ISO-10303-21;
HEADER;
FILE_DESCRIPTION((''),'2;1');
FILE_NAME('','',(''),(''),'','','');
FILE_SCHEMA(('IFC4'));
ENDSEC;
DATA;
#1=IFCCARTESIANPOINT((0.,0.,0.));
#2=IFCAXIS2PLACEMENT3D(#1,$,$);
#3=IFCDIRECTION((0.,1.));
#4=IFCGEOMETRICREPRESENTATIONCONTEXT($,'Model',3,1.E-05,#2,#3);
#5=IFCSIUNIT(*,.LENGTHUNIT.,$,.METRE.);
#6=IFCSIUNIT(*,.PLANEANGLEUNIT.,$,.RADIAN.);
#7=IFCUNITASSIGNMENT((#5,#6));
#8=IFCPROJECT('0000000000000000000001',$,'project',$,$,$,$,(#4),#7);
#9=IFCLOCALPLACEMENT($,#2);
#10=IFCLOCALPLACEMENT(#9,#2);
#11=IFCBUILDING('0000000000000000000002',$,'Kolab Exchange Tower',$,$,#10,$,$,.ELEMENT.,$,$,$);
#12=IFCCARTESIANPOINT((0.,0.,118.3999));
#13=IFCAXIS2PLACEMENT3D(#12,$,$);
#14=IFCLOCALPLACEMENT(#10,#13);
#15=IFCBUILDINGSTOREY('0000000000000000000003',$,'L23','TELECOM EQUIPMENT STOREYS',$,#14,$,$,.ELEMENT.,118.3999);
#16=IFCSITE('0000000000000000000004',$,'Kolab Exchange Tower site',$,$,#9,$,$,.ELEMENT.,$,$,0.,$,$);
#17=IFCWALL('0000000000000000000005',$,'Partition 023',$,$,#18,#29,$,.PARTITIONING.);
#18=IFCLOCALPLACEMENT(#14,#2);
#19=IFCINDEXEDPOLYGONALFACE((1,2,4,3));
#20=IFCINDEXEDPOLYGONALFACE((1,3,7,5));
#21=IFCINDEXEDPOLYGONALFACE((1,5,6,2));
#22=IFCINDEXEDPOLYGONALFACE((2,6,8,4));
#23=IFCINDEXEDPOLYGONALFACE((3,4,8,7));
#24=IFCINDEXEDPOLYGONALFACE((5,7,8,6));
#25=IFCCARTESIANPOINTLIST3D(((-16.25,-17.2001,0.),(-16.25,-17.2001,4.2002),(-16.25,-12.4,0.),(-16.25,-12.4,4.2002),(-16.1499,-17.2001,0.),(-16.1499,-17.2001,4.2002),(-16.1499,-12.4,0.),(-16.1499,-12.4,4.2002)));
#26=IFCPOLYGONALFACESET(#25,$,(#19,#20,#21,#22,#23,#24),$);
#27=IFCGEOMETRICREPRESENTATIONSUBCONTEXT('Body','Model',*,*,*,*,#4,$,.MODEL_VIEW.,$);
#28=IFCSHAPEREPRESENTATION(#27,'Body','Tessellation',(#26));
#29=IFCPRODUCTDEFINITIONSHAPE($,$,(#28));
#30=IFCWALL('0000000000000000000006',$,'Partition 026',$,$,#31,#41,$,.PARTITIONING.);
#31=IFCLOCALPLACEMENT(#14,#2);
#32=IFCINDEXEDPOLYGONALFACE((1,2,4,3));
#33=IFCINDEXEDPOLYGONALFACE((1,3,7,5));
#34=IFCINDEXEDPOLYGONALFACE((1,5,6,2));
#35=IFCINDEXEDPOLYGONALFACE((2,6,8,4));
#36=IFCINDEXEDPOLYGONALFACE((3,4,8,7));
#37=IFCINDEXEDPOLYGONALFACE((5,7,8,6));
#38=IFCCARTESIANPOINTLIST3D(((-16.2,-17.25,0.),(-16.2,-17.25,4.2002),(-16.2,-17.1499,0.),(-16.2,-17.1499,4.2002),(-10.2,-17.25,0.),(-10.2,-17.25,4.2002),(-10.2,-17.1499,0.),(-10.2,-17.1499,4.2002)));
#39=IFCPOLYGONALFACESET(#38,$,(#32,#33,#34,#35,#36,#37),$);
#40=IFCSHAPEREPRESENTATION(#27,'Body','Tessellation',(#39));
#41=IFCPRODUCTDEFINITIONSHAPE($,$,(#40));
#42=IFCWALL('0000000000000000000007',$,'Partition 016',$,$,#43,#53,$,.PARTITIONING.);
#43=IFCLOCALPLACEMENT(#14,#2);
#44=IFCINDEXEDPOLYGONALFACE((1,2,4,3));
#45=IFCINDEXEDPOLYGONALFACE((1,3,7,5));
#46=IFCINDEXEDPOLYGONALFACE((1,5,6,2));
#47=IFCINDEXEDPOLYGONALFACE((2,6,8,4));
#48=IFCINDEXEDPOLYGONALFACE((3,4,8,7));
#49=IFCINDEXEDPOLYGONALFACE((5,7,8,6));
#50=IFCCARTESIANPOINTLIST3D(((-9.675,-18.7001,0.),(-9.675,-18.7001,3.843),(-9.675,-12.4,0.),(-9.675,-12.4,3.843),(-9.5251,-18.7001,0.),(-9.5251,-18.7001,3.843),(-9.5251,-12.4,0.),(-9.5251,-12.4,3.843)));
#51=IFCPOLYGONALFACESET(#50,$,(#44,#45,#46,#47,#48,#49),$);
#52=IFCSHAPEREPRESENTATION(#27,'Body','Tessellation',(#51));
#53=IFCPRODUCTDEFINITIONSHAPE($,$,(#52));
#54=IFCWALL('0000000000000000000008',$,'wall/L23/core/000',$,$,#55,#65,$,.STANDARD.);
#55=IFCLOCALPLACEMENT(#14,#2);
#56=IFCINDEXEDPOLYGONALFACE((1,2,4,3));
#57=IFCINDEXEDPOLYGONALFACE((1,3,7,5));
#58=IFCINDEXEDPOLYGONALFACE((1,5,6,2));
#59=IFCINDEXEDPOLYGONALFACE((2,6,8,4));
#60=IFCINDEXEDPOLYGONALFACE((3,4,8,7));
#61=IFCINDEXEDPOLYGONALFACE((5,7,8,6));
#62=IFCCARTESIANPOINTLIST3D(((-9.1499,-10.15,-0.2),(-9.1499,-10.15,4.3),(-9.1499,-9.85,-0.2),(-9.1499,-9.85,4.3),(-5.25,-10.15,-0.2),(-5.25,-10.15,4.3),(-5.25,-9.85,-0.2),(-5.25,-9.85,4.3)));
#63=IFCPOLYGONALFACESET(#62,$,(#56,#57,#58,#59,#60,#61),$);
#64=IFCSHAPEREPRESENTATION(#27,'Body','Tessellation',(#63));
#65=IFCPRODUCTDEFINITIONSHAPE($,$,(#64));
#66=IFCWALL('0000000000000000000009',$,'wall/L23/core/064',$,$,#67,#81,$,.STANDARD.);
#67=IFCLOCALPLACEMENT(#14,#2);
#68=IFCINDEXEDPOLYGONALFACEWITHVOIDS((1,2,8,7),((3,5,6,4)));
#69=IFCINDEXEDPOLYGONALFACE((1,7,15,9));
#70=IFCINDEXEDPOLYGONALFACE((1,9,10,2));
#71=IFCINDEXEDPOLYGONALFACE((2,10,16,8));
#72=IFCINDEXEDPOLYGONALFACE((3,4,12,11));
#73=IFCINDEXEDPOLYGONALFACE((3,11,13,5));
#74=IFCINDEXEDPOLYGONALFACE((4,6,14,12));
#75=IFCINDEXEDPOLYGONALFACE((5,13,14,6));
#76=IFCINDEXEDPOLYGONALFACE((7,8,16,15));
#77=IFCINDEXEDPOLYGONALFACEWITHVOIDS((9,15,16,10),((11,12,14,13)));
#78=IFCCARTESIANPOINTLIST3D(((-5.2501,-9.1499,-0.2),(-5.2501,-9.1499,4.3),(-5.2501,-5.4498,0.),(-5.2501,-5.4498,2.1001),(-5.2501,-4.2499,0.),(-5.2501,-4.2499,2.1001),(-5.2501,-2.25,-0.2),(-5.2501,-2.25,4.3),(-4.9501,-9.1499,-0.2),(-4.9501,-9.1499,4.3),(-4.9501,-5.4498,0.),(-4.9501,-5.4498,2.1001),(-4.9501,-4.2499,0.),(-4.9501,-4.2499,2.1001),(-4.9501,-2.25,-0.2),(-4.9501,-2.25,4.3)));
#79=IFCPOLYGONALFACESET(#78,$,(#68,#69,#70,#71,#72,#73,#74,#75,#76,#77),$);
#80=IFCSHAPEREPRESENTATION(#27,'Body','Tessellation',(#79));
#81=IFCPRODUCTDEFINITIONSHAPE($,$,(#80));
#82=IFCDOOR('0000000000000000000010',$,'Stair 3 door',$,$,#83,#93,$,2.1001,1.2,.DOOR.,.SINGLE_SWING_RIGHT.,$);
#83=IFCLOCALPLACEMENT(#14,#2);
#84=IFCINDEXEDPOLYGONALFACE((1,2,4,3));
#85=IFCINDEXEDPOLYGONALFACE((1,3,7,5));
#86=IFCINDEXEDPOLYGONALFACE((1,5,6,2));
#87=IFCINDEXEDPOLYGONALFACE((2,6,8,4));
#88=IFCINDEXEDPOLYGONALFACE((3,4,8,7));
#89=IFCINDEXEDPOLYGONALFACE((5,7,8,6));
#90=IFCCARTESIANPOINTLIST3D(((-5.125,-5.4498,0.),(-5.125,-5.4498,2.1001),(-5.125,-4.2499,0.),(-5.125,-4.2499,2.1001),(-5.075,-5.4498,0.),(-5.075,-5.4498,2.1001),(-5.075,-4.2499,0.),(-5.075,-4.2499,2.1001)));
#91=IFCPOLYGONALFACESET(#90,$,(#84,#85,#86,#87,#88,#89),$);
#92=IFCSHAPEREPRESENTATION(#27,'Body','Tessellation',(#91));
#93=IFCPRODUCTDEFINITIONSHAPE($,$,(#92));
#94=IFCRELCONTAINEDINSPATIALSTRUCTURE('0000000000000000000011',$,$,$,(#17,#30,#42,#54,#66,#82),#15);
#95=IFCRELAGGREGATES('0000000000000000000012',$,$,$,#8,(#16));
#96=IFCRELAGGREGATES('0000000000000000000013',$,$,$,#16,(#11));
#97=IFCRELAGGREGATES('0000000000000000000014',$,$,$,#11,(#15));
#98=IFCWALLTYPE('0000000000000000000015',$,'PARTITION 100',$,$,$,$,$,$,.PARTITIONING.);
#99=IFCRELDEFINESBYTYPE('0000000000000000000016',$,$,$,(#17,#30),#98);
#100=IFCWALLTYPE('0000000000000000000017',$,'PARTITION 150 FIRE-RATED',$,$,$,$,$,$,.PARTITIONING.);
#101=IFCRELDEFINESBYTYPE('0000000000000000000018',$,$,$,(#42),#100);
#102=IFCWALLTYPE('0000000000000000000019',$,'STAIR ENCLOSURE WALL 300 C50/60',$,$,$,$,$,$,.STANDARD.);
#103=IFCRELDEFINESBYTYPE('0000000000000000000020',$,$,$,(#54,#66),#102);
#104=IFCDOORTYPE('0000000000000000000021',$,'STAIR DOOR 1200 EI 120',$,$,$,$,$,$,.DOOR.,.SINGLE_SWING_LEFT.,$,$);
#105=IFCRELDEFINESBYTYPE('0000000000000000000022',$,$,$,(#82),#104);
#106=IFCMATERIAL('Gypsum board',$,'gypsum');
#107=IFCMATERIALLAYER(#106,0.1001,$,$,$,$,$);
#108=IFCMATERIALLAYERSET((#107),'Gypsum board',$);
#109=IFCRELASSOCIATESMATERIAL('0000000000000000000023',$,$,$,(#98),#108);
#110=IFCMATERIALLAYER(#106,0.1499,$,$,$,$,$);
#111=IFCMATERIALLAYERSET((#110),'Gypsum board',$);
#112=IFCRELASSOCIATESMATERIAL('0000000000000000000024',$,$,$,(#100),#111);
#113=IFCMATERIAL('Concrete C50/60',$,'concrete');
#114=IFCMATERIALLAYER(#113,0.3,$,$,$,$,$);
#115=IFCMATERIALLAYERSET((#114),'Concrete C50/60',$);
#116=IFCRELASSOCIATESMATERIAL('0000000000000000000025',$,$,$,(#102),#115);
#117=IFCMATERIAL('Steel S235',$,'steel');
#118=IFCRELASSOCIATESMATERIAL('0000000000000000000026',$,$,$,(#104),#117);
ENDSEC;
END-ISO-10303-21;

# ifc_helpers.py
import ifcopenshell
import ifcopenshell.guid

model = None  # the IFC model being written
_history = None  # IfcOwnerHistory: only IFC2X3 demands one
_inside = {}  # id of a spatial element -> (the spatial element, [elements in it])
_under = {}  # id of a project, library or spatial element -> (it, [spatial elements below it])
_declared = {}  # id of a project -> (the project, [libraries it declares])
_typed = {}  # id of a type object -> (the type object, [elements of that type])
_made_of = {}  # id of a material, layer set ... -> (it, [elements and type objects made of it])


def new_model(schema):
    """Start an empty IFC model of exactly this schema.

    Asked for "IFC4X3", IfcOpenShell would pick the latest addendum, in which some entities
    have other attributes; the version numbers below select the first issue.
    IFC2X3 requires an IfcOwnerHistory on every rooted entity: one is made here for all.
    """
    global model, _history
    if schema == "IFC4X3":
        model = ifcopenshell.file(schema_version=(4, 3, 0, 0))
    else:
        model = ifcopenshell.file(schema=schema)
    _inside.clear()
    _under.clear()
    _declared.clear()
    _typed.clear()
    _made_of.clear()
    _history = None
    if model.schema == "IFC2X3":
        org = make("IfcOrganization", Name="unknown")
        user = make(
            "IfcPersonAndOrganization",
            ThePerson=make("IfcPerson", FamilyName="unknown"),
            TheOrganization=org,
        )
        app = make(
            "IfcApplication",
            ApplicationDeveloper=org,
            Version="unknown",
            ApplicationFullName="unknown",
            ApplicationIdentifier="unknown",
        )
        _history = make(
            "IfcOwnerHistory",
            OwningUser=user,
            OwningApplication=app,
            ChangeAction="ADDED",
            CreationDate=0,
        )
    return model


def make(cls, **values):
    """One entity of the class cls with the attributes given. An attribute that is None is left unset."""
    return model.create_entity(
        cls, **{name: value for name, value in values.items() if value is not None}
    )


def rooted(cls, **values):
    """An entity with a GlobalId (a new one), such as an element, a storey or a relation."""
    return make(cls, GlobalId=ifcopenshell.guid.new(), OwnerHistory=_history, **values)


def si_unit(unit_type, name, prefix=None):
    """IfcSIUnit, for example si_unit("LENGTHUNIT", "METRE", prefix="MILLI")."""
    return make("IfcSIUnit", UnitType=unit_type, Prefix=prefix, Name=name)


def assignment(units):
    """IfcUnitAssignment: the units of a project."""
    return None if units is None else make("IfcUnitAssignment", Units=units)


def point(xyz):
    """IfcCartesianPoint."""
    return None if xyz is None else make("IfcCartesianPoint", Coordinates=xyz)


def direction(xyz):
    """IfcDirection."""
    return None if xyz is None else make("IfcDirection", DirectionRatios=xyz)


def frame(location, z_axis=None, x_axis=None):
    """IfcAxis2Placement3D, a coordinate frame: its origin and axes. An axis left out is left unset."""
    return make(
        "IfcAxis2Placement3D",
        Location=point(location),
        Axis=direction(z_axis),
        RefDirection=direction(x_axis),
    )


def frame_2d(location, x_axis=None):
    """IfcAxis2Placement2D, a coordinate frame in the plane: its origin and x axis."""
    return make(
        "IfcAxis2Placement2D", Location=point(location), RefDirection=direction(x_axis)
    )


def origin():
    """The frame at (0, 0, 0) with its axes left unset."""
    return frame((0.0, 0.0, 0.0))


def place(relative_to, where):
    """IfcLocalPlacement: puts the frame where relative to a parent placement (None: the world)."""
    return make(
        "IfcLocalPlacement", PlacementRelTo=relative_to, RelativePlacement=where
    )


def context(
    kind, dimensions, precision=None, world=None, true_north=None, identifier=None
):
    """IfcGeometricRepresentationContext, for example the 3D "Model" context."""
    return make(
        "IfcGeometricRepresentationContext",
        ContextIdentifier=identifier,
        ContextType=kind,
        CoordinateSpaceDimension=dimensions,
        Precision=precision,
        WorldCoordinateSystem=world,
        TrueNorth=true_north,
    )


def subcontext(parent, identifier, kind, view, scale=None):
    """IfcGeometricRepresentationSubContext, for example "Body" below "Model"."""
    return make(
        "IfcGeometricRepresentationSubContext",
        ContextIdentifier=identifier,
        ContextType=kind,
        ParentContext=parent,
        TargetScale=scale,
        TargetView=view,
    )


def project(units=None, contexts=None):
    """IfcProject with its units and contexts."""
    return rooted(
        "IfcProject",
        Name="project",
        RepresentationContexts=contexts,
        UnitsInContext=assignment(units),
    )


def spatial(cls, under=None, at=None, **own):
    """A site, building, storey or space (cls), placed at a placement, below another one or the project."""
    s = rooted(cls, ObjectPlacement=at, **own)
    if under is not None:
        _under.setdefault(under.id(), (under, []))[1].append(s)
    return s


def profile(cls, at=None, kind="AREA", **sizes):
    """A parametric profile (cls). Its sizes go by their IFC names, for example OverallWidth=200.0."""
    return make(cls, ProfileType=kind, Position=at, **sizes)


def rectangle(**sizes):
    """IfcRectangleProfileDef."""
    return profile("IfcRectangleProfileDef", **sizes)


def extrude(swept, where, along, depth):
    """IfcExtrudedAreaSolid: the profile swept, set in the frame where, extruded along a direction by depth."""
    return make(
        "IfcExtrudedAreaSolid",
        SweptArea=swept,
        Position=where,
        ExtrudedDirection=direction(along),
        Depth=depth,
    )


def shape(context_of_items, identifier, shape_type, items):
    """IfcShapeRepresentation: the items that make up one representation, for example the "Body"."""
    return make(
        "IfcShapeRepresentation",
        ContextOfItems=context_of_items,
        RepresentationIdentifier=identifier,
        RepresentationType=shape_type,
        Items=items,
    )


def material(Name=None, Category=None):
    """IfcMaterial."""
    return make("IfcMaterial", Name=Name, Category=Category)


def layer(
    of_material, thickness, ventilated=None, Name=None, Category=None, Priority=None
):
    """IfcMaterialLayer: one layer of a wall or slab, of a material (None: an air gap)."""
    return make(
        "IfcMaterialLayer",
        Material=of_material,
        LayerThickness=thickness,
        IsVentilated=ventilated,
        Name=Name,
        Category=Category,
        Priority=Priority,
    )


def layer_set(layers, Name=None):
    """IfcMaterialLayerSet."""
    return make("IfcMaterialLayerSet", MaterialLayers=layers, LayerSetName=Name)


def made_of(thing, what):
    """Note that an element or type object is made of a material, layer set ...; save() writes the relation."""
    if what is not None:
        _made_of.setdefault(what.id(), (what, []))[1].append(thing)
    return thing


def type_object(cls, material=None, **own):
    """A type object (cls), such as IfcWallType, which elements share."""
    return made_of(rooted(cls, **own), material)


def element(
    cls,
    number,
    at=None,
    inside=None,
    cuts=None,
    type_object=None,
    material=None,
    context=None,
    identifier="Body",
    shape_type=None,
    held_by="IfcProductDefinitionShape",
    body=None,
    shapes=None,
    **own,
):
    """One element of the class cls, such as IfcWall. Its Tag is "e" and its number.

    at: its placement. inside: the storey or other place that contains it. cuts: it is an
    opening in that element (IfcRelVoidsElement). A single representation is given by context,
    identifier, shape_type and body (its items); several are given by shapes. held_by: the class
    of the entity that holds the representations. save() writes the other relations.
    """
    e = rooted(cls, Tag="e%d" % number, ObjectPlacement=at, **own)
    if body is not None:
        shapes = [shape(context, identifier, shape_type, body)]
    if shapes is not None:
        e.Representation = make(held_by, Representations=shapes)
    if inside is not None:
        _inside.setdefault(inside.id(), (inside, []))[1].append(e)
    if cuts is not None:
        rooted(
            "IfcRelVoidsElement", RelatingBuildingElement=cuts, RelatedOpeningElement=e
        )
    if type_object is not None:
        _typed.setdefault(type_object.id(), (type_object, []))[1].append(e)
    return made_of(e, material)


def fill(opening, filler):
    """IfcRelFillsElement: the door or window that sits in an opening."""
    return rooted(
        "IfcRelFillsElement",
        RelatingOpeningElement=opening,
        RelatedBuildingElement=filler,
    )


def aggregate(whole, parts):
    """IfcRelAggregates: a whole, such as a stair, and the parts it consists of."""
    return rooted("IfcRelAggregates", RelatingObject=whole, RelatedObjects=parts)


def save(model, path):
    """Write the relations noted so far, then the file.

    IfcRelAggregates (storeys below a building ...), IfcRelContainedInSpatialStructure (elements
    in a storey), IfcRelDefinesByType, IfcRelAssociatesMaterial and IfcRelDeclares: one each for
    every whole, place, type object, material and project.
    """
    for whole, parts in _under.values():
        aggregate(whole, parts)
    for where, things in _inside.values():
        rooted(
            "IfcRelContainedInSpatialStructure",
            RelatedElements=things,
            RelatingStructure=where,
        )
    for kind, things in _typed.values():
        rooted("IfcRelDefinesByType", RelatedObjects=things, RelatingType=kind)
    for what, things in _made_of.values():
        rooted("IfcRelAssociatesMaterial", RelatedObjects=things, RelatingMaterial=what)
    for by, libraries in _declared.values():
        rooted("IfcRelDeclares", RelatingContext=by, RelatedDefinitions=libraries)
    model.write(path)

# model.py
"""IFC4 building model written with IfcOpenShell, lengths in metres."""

from ifc_helpers import new_model, si_unit, direction, frame, frame_2d, origin, place, context, subcontext, project, spatial, rectangle, extrude, material, layer, layer_set, type_object, element, fill, save


model = new_model("IFC4")

# Units and contexts
model_context = context("Model", 3, precision=1e-05, world=origin(), true_north=direction((0.0, 1.0)))
body_context = subcontext(model_context, "Body", "Model", "MODEL_VIEW")
ifc_project = project(units=[si_unit("LENGTHUNIT", "METRE"), si_unit("PLANEANGLEUNIT", "RADIAN")], contexts=[model_context])

# Site, building, storey
site_placement = place(None, origin())
site = spatial("IfcSite", under=ifc_project, at=site_placement, Name="Kolab Exchange Tower site", CompositionType="ELEMENT", RefElevation=0.0)
building_placement = place(site_placement, origin())
building = spatial("IfcBuilding", under=site, at=building_placement, Name="Kolab Exchange Tower", CompositionType="ELEMENT")
storey_placement = place(building_placement, frame((0.0, 0.0, 118.3999)))
storey = spatial("IfcBuildingStorey", under=building, at=storey_placement, Name="L23", Description="TELECOM EQUIPMENT STOREYS", CompositionType="ELEMENT", Elevation=118.3999)

# Shared definitions
ifc_material_1 = material(Name="Steel S235", Category="steel")

# Walls
ifc_material_2 = material(Name="Concrete C50/60", Category="concrete")
ifc_material_3 = material(Name="Gypsum board", Category="gypsum")
ifc_layer_1 = layer(ifc_material_3, 0.1001)
ifc_layer_set_1 = layer_set([ifc_layer_1], Name="Gypsum board")
wall_type_1 = type_object("IfcWallType", Name="PARTITION 100", PredefinedType="PARTITIONING", material=ifc_layer_set_1)
wall_1_placement = place(storey_placement, frame((-16.2, -17.2, 0.0), z_axis=(0.0, 0.0, 1.0), x_axis=(0.0, 1.0, 0.0)))
element("IfcWall", 1, at=wall_1_placement, inside=storey, type_object=wall_type_1, Name="Partition 023", PredefinedType="PARTITIONING", context=body_context, shape_type="SweptSolid", body=[
    extrude(rectangle(XDim=4.8, YDim=0.1001, at=frame_2d((2.3999, 0.0))), origin(), (0.0, 0.0, 1.0), 4.2002),
])
wall_2_placement = place(storey_placement, frame((-16.2, -17.2, 0.0), z_axis=(0.0, 0.0, 1.0), x_axis=(1.0, 0.0, 0.0)))
element("IfcWall", 2, at=wall_2_placement, inside=storey, type_object=wall_type_1, Name="Partition 026", PredefinedType="PARTITIONING", context=body_context, shape_type="SweptSolid", body=[
    extrude(rectangle(XDim=6.0, YDim=0.1001, at=frame_2d((3.0, 0.0))), origin(), (0.0, 0.0, 1.0), 4.2002),
])
ifc_layer_2 = layer(ifc_material_3, 0.1499)
ifc_layer_set_2 = layer_set([ifc_layer_2], Name="Gypsum board")
wall_type_2 = type_object("IfcWallType", Name="PARTITION 150 FIRE-RATED", PredefinedType="PARTITIONING", material=ifc_layer_set_2)
wall_3_placement = place(storey_placement, frame((-9.6001, -18.7, 0.0), z_axis=(0.0, 0.0, 1.0), x_axis=(0.0, 1.0, 0.0)))
element("IfcWall", 3, at=wall_3_placement, inside=storey, type_object=wall_type_2, Name="Partition 016", PredefinedType="PARTITIONING", context=body_context, shape_type="SweptSolid", body=[
    extrude(rectangle(XDim=6.3, YDim=0.1499, at=frame_2d((3.1499, 0.0))), origin(), (0.0, 0.0, 1.0), 3.843),
])
ifc_layer_3 = layer(ifc_material_2, 0.3)
ifc_layer_set_3 = layer_set([ifc_layer_3], Name="Concrete C50/60")
wall_type_3 = type_object("IfcWallType", Name="STAIR ENCLOSURE WALL 300 C50/60", PredefinedType="STANDARD", material=ifc_layer_set_3)
wall_4_placement = place(storey_placement, frame((-9.1499, -10.0, -0.2), z_axis=(0.0, 0.0, 1.0), x_axis=(1.0, 0.0, 0.0)))
element("IfcWall", 4, at=wall_4_placement, inside=storey, type_object=wall_type_3, Name="wall/L23/core/000", PredefinedType="STANDARD", context=body_context, shape_type="SweptSolid", body=[
    extrude(rectangle(XDim=3.8999, YDim=0.3, at=frame_2d((1.95, 0.0))), origin(), (0.0, 0.0, 1.0), 4.5),
])

# Wall, opening, door
wall_5_placement = place(storey_placement, frame((-5.1001, -9.1499, -0.2), z_axis=(0.0, 0.0, 1.0), x_axis=(0.0, 1.0, 0.0)))
wall_5 = element("IfcWall", 5, at=wall_5_placement, inside=storey, type_object=wall_type_3, Name="wall/L23/core/064", PredefinedType="STANDARD", context=body_context, shape_type="SweptSolid", body=[
    extrude(rectangle(XDim=6.8999, YDim=0.3, at=frame_2d((3.45, 0.0))), origin(), (0.0, 0.0, 1.0), 4.5),
])
opening_1_placement = place(wall_5_placement, frame((3.7, 0.0, 0.2)))
opening_1 = element("IfcOpeningElement", 6, at=opening_1_placement, cuts=wall_5, PredefinedType="OPENING", context=body_context, shape_type="SweptSolid", body=[
    extrude(rectangle(XDim=1.2, YDim=2.1001, at=frame_2d((0.6001, 1.05))), frame((0.0, 0.1602, 0.0), z_axis=(0.0, -1.0, 0.0), x_axis=(1.0, 0.0, 0.0)), (0.0, 0.0, 1.0), 0.3201),
])
door_type_1 = type_object("IfcDoorType", Name="STAIR DOOR 1200 EI 120", OperationType="SINGLE_SWING_LEFT", PredefinedType="DOOR", material=ifc_material_1)
door_1_placement = place(opening_1_placement, origin())
door_1 = element("IfcDoor", 7, at=door_1_placement, inside=storey, type_object=door_type_1, Name="Stair 3 door", OperationType="SINGLE_SWING_RIGHT", OverallHeight=2.1001, OverallWidth=1.2, PredefinedType="DOOR", context=body_context, shape_type="SweptSolid", body=[
    extrude(rectangle(XDim=1.2, YDim=2.1001, at=frame_2d((0.6001, 1.05))), frame((0.0, 0.0249, 0.0), z_axis=(0.0, -1.0, 0.0), x_axis=(1.0, 0.0, 0.0)), (0.0, 0.0, 1.0), 0.05),
])
fill(opening_1, door_1)

save(model, "model.ifc")
